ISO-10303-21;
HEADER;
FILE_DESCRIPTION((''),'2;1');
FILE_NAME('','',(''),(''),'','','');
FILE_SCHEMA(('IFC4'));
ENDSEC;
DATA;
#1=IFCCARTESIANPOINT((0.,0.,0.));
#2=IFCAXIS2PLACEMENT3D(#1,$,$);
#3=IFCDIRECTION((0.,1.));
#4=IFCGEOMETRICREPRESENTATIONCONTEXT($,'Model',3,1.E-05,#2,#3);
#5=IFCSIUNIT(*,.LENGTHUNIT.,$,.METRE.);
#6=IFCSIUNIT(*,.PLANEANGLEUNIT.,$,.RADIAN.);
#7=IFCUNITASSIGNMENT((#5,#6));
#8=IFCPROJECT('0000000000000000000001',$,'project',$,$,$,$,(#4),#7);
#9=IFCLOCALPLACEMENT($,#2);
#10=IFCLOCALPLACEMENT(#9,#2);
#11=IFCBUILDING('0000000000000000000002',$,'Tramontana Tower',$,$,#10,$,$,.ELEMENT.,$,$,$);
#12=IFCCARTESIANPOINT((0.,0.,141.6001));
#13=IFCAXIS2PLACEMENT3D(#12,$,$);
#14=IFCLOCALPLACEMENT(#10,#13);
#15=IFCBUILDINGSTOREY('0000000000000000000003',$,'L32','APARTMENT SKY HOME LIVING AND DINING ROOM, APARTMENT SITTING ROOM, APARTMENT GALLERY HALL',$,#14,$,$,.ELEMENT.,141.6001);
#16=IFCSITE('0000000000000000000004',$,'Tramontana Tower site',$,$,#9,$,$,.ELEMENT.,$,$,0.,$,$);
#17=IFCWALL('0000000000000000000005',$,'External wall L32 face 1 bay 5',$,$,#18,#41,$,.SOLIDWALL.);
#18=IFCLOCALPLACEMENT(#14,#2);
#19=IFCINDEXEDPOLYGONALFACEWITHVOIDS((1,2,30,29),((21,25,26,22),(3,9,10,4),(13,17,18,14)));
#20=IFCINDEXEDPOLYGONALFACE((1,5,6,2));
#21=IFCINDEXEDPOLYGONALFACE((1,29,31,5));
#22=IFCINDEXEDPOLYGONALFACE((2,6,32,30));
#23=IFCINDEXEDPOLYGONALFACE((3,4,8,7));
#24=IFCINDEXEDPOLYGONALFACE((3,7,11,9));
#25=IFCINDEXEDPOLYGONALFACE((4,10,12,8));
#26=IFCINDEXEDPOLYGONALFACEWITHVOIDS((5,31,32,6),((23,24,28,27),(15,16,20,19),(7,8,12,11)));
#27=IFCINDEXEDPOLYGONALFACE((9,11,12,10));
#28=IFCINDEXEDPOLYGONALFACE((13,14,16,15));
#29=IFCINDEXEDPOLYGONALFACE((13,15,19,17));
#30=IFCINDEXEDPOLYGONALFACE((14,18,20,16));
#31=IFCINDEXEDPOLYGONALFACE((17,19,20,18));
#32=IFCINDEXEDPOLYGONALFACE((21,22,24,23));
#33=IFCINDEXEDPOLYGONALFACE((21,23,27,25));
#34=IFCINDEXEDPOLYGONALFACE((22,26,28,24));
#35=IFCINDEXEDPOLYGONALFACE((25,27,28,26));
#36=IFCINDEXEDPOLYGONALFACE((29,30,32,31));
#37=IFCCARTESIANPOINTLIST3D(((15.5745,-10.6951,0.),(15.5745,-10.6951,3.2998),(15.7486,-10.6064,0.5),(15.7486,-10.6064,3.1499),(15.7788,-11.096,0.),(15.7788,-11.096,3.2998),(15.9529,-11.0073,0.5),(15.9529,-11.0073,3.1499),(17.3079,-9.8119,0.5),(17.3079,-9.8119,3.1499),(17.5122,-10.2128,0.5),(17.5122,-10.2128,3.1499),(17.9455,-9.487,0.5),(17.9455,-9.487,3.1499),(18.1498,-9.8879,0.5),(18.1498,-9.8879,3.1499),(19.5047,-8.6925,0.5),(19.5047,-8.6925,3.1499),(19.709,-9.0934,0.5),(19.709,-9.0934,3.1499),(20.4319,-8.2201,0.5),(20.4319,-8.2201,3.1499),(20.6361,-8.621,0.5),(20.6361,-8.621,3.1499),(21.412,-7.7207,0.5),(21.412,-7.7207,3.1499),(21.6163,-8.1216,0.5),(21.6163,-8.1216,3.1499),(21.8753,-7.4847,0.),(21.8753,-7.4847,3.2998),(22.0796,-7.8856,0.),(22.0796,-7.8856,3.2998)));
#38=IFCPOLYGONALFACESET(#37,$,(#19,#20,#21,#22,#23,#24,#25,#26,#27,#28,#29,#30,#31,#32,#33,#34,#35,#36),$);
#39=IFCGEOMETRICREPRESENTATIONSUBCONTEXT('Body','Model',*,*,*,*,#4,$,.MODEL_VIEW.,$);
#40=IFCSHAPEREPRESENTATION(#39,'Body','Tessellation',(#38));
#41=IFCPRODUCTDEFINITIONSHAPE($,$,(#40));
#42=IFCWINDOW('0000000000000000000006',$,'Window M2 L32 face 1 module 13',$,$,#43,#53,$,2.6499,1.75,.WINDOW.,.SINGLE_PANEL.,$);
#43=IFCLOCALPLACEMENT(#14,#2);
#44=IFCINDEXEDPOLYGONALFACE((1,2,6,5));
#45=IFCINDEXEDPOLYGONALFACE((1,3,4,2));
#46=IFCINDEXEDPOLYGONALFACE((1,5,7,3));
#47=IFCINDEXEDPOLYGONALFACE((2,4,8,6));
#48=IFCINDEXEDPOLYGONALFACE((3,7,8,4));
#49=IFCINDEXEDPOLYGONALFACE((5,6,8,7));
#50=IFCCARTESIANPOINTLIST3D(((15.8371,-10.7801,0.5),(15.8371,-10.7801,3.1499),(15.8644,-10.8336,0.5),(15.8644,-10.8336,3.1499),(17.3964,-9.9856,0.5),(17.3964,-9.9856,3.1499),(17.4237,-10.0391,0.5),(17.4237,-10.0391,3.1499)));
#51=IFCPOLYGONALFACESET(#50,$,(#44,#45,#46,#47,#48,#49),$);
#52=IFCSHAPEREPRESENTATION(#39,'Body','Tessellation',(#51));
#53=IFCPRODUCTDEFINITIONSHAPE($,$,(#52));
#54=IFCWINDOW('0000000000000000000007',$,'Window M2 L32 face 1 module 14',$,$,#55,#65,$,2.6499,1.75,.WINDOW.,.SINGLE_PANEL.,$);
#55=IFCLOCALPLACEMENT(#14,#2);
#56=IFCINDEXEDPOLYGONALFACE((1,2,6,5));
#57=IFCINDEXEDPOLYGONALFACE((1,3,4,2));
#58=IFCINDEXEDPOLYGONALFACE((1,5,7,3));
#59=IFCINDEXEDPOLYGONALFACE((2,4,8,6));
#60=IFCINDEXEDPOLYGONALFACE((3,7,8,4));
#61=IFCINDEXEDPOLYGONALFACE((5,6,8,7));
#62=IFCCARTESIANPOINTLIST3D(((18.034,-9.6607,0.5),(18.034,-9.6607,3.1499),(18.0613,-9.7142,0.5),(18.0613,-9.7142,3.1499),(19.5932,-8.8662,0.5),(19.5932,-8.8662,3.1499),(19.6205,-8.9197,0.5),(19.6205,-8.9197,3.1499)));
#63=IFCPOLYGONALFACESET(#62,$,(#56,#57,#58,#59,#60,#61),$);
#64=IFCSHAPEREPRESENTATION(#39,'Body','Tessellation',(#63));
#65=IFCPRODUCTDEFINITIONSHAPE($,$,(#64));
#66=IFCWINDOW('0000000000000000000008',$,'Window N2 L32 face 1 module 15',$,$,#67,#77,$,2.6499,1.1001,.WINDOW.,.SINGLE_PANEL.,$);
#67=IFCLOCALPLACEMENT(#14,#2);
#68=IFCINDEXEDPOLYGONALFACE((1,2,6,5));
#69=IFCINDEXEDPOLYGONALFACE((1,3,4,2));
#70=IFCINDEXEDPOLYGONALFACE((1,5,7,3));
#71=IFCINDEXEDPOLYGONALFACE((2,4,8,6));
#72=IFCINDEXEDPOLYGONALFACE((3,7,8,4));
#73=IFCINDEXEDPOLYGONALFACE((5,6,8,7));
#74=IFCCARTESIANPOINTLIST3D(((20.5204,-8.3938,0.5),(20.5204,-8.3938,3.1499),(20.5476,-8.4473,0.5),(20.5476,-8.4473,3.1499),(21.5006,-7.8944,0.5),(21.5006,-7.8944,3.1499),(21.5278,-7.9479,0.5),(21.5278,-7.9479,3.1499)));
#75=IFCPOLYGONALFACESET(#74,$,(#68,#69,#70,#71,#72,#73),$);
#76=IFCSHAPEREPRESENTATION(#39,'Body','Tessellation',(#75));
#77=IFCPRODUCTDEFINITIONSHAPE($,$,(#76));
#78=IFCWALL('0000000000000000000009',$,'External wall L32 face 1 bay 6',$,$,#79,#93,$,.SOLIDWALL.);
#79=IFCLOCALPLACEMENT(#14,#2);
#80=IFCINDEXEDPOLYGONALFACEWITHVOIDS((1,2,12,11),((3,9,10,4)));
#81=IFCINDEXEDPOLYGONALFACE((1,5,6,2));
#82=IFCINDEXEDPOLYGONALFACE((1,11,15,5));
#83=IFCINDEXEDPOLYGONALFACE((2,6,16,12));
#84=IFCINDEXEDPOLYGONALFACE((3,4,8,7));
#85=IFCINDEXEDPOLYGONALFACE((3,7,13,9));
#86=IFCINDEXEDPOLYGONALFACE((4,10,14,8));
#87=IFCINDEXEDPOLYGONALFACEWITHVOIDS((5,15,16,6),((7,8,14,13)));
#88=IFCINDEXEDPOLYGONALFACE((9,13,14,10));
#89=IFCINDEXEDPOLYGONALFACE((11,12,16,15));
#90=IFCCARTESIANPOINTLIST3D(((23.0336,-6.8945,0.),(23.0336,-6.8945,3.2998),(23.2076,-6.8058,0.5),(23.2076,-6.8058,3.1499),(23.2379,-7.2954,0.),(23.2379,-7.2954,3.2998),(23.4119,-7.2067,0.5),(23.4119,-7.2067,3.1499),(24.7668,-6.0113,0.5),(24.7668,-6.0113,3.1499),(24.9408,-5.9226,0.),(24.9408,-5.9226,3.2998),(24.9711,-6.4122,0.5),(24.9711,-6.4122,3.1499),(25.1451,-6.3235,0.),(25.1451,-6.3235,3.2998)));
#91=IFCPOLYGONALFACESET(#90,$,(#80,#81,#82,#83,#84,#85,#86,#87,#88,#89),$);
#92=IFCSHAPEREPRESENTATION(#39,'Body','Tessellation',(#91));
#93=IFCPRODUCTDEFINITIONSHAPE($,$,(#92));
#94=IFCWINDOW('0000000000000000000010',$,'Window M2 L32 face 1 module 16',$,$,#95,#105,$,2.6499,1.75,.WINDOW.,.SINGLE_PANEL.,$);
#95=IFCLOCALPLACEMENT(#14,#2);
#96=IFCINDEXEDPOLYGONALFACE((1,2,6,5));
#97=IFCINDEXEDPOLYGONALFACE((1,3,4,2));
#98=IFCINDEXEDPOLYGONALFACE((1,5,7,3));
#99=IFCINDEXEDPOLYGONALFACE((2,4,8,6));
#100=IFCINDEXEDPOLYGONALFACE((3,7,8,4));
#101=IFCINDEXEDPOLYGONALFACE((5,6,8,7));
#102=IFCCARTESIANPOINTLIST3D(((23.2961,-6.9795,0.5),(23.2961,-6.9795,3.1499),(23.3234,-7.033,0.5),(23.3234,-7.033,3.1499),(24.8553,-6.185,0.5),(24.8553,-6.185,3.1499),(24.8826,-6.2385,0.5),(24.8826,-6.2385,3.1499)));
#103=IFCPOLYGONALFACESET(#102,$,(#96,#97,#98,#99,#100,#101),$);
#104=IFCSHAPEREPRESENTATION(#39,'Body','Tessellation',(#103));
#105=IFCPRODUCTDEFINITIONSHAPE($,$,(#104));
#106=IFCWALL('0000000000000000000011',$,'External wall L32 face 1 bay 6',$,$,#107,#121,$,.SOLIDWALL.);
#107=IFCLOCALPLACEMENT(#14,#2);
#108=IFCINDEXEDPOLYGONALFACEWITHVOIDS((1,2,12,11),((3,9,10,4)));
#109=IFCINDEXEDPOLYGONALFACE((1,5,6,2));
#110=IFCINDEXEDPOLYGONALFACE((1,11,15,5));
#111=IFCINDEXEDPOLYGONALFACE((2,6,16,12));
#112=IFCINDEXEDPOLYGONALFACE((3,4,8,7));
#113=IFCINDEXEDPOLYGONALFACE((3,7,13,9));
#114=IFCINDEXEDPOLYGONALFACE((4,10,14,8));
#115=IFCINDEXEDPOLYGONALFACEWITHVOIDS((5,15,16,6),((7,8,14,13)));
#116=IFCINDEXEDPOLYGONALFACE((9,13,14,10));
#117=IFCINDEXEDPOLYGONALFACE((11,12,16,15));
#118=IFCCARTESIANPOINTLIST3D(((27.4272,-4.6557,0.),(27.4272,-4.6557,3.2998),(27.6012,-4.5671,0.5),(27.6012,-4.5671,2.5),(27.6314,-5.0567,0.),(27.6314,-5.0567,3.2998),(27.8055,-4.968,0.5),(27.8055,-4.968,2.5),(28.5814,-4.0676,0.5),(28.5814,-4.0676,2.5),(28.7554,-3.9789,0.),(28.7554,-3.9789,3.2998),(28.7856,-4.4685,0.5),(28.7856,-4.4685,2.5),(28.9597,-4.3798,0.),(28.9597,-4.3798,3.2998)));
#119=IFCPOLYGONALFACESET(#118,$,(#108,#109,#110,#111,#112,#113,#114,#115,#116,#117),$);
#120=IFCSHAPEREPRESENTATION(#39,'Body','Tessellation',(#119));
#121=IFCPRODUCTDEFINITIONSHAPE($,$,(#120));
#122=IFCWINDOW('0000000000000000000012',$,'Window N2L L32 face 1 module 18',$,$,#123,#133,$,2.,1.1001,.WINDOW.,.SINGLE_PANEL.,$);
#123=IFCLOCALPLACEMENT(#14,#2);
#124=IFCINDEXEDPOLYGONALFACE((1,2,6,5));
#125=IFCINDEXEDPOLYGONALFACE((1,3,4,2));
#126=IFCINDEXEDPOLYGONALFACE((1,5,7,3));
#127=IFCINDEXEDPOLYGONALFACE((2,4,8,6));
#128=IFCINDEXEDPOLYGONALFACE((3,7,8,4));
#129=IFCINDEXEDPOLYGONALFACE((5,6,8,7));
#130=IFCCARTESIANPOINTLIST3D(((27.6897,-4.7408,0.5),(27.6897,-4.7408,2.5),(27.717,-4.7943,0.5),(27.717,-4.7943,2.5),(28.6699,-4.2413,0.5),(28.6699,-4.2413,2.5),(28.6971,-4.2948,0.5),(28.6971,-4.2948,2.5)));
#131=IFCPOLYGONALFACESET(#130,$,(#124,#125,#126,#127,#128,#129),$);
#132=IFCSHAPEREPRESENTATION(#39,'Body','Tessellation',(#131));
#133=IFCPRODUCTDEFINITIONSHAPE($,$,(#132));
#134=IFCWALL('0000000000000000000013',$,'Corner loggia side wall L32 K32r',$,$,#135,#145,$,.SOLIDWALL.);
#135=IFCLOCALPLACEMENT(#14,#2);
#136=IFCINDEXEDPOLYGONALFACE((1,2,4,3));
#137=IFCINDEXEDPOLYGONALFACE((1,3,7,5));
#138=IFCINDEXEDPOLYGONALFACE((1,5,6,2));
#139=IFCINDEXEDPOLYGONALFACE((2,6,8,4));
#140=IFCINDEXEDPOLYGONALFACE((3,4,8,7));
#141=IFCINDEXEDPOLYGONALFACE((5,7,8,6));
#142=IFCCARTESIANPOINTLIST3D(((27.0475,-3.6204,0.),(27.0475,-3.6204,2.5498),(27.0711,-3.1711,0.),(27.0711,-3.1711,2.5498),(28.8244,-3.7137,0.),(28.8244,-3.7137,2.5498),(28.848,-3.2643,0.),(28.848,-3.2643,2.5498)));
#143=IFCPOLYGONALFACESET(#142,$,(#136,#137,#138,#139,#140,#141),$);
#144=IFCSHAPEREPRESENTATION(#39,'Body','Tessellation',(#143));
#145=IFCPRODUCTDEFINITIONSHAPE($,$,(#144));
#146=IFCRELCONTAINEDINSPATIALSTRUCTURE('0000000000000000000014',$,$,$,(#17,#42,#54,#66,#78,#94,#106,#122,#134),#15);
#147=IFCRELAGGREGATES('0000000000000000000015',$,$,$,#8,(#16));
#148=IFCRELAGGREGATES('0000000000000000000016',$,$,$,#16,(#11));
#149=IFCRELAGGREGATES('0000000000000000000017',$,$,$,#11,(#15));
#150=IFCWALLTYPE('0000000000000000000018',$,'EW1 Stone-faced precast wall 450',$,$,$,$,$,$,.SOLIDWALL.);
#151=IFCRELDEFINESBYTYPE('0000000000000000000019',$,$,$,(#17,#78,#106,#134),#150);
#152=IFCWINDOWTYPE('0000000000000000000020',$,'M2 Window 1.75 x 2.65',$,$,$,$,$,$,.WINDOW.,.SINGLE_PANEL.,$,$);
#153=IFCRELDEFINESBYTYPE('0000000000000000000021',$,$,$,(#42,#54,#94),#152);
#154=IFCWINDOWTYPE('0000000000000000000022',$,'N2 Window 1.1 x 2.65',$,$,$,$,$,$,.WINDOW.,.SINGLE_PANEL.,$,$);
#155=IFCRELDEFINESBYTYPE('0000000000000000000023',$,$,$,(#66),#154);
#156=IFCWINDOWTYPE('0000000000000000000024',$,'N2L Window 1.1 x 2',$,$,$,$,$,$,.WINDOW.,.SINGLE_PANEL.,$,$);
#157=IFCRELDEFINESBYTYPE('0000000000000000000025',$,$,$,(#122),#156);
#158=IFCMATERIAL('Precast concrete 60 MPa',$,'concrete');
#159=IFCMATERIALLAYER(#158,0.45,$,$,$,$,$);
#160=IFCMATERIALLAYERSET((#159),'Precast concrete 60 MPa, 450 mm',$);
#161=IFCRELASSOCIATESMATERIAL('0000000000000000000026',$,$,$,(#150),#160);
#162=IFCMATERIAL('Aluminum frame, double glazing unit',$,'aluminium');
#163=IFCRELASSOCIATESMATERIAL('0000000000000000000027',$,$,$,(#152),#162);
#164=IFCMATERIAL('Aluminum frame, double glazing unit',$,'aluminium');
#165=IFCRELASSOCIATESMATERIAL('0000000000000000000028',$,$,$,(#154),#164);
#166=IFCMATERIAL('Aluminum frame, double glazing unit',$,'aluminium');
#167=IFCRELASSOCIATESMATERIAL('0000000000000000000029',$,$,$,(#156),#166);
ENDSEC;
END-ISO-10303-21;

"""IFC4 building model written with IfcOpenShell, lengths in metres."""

from ifc_helpers import new_model, si_unit, direction, frame, frame_2d, origin, place, context, subcontext, project, spatial, rectangle, extrude, material, layer, layer_set, type_object, element, fill, save


model = new_model("IFC4")

# Units and contexts
model_context = context("Model", 3, precision=1e-05, world=origin(), true_north=direction((0.0, 1.0)))
body_context = subcontext(model_context, "Body", "Model", "MODEL_VIEW")
ifc_project = project(units=[si_unit("LENGTHUNIT", "METRE"), si_unit("PLANEANGLEUNIT", "RADIAN")], contexts=[model_context])

# Site, building, storey
site_placement = place(None, origin())
site = spatial("IfcSite", under=ifc_project, at=site_placement, Name="Tramontana Tower site", CompositionType="ELEMENT", RefElevation=0.0)
building_placement = place(site_placement, origin())
building = spatial("IfcBuilding", under=site, at=building_placement, Name="Tramontana Tower", CompositionType="ELEMENT")
storey_placement = place(building_placement, frame((0.0, 0.0, 141.6001)))
storey = spatial("IfcBuildingStorey", under=building, at=storey_placement, Name="L32", Description="APARTMENT SKY HOME LIVING AND DINING ROOM, APARTMENT SITTING ROOM, APARTMENT GALLERY HALL", CompositionType="ELEMENT", Elevation=141.6001)

# Wall, openings, windows
ifc_material_1 = material(Name="Precast concrete 60 MPa", Category="concrete")
ifc_layer_1 = layer(ifc_material_1, 0.45)
ifc_layer_set_1 = layer_set([ifc_layer_1], Name="Precast concrete 60 MPa, 450 mm")
wall_type_1 = type_object("IfcWallType", Name="EW1 Stone-faced precast wall 450", PredefinedType="SOLIDWALL", material=ifc_layer_set_1)
wall_1_placement = place(storey_placement, frame((15.6768, -10.8955, 0.0), z_axis=(0.0, 0.0, 1.0), x_axis=(0.891004, 0.453995, 0.0)))
wall_1 = element("IfcWall", 1, at=wall_1_placement, inside=storey, type_object=wall_type_1, Name="External wall L32 face 1 bay 5", PredefinedType="SOLIDWALL", context=body_context, shape_type="SweptSolid", body=[
    extrude(rectangle(XDim=7.0715, YDim=0.45, at=frame_2d((3.5356, 0.0))), origin(), (0.0, 0.0, 1.0), 3.2998),
])
opening_1_placement = place(wall_1_placement, frame((0.1953, 0.0, 0.5)))
opening_1 = element("IfcOpeningElement", 2, at=opening_1_placement, cuts=wall_1, PredefinedType="OPENING", context=body_context, shape_type="SweptSolid", body=[
    extrude(rectangle(XDim=1.75, YDim=2.6499, at=frame_2d((0.875, 1.325))), frame((0.0, 0.2349, 0.0), z_axis=(0.0, -1.0, 0.0), x_axis=(1.0, 0.0, 0.0)), (0.0, 0.0, 1.0), 0.47),
])
opening_2_placement = place(wall_1_placement, frame((2.6609, 0.0, 0.5)))
opening_2 = element("IfcOpeningElement", 3, at=opening_2_placement, cuts=wall_1, PredefinedType="OPENING", context=body_context, shape_type="SweptSolid", body=[
    extrude(rectangle(XDim=1.75, YDim=2.6499, at=frame_2d((0.875, 1.325))), frame((0.0, 0.2349, 0.0), z_axis=(0.0, -1.0, 0.0), x_axis=(1.0, 0.0, 0.0)), (0.0, 0.0, 1.0), 0.47),
])
opening_3_placement = place(wall_1_placement, frame((5.4514, 0.0, 0.5)))
opening_3 = element("IfcOpeningElement", 4, at=opening_3_placement, cuts=wall_1, PredefinedType="OPENING", context=body_context, shape_type="SweptSolid", body=[
    extrude(rectangle(XDim=1.1001, YDim=2.6499, at=frame_2d((0.55, 1.325))), frame((0.0, 0.2349, 0.0), z_axis=(0.0, -1.0, 0.0), x_axis=(1.0, 0.0, 0.0)), (0.0, 0.0, 1.0), 0.47),
])
ifc_material_2 = material(Name="Aluminum frame, double glazing unit", Category="aluminium")
window_type_1 = type_object("IfcWindowType", Name="M2 Window 1.75 x 2.65", PartitioningType="SINGLE_PANEL", PredefinedType="WINDOW", material=ifc_material_2)
window_1_placement = place(opening_1_placement, origin())
window_1 = element("IfcWindow", 5, at=window_1_placement, inside=storey, type_object=window_type_1, Name="Window M2 L32 face 1 module 13", OverallHeight=2.6499, OverallWidth=1.75, PartitioningType="SINGLE_PANEL", PredefinedType="WINDOW", context=body_context, shape_type="SweptSolid", body=[
    extrude(rectangle(XDim=1.75, YDim=2.6499, at=frame_2d((0.875, 1.325))), frame((0.0, 0.03, 0.0), z_axis=(0.0, -1.0, 0.0), x_axis=(1.0, 0.0, 0.0)), (0.0, 0.0, 1.0), 0.0601),
])
fill(opening_1, window_1)
window_2_placement = place(opening_2_placement, origin())
window_2 = element("IfcWindow", 6, at=window_2_placement, inside=storey, type_object=window_type_1, Name="Window M2 L32 face 1 module 14", OverallHeight=2.6499, OverallWidth=1.75, PartitioningType="SINGLE_PANEL", PredefinedType="WINDOW", context=body_context, shape_type="SweptSolid", body=[
    extrude(rectangle(XDim=1.75, YDim=2.6499, at=frame_2d((0.875, 1.325))), frame((0.0, 0.03, 0.0), z_axis=(0.0, -1.0, 0.0), x_axis=(1.0, 0.0, 0.0)), (0.0, 0.0, 1.0), 0.0601),
])
fill(opening_2, window_2)
ifc_material_3 = material(Name="Aluminum frame, double glazing unit", Category="aluminium")
window_type_2 = type_object("IfcWindowType", Name="N2 Window 1.1 x 2.65", PartitioningType="SINGLE_PANEL", PredefinedType="WINDOW", material=ifc_material_3)
window_3_placement = place(opening_3_placement, origin())
window_3 = element("IfcWindow", 7, at=window_3_placement, inside=storey, type_object=window_type_2, Name="Window N2 L32 face 1 module 15", OverallHeight=2.6499, OverallWidth=1.1001, PartitioningType="SINGLE_PANEL", PredefinedType="WINDOW", context=body_context, shape_type="SweptSolid", body=[
    extrude(rectangle(XDim=1.1001, YDim=2.6499, at=frame_2d((0.55, 1.325))), frame((0.0, 0.03, 0.0), z_axis=(0.0, -1.0, 0.0), x_axis=(1.0, 0.0, 0.0)), (0.0, 0.0, 1.0), 0.0601),
])
fill(opening_3, window_3)

# Walls, openings, windows
wall_2_placement = place(storey_placement, frame((23.1357, -7.095, 0.0), z_axis=(0.0, 0.0, 1.0), x_axis=(0.890979, 0.454044, 0.0)))
wall_2 = element("IfcWall", 8, at=wall_2_placement, inside=storey, type_object=wall_type_1, Name="External wall L32 face 1 bay 6", PredefinedType="SOLIDWALL", context=body_context, shape_type="SweptSolid", body=[
    extrude(rectangle(XDim=2.1406, YDim=0.45, at=frame_2d((1.0703, 0.0))), origin(), (0.0, 0.0, 1.0), 3.2998),
])
opening_4_placement = place(wall_2_placement, frame((0.1953, 0.0, 0.5)))
opening_4 = element("IfcOpeningElement", 9, at=opening_4_placement, cuts=wall_2, PredefinedType="OPENING", context=body_context, shape_type="SweptSolid", body=[
    extrude(rectangle(XDim=1.75, YDim=2.6499, at=frame_2d((0.875, 1.325))), frame((0.0, 0.2349, 0.0), z_axis=(0.0, -1.0, 0.0), x_axis=(1.0, 0.0, 0.0)), (0.0, 0.0, 1.0), 0.47),
])
window_4_placement = place(opening_4_placement, origin())
window_4 = element("IfcWindow", 10, at=window_4_placement, inside=storey, type_object=window_type_1, Name="Window M2 L32 face 1 module 16", OverallHeight=2.6499, OverallWidth=1.75, PartitioningType="SINGLE_PANEL", PredefinedType="WINDOW", context=body_context, shape_type="SweptSolid", body=[
    extrude(rectangle(XDim=1.75, YDim=2.6499, at=frame_2d((0.875, 1.325))), frame((0.0, 0.03, 0.0), z_axis=(0.0, -1.0, 0.0), x_axis=(1.0, 0.0, 0.0)), (0.0, 0.0, 1.0), 0.0601),
])
fill(opening_4, window_4)
wall_3_placement = place(storey_placement, frame((27.5293, -4.8562, 0.0), z_axis=(0.0, 0.0, 1.0), x_axis=(0.890994, 0.454014, 0.0)))
wall_3 = element("IfcWall", 11, at=wall_3_placement, inside=storey, type_object=wall_type_1, Name="External wall L32 face 1 bay 6", PredefinedType="SOLIDWALL", context=body_context, shape_type="SweptSolid", body=[
    extrude(rectangle(XDim=1.4907, YDim=0.45, at=frame_2d((0.7454, 0.0))), origin(), (0.0, 0.0, 1.0), 3.2998),
])
opening_5_placement = place(wall_3_placement, frame((0.1953, 0.0, 0.5)))
opening_5 = element("IfcOpeningElement", 12, at=opening_5_placement, cuts=wall_3, PredefinedType="OPENING", context=body_context, shape_type="SweptSolid", body=[
    extrude(rectangle(XDim=1.1001, YDim=2.0, at=frame_2d((0.55, 1.0))), frame((0.0, 0.2349, 0.0), z_axis=(0.0, -1.0, 0.0), x_axis=(1.0, 0.0, 0.0)), (0.0, 0.0, 1.0), 0.47),
])
ifc_material_4 = material(Name="Aluminum frame, double glazing unit", Category="aluminium")
window_type_3 = type_object("IfcWindowType", Name="N2L Window 1.1 x 2", PartitioningType="SINGLE_PANEL", PredefinedType="WINDOW", material=ifc_material_4)
window_5_placement = place(opening_5_placement, origin())
window_5 = element("IfcWindow", 13, at=window_5_placement, inside=storey, type_object=window_type_3, Name="Window N2L L32 face 1 module 18", OverallHeight=2.0, OverallWidth=1.1001, PartitioningType="SINGLE_PANEL", PredefinedType="WINDOW", context=body_context, shape_type="SweptSolid", body=[
    extrude(rectangle(XDim=1.1001, YDim=2.0, at=frame_2d((0.55, 1.0))), frame((0.0, 0.03, 0.0), z_axis=(0.0, -1.0, 0.0), x_axis=(1.0, 0.0, 0.0)), (0.0, 0.0, 1.0), 0.0601),
])
fill(opening_5, window_5)

# Wall
wall_4_placement = place(storey_placement, frame((28.8362, -3.489, 0.0), z_axis=(0.0, 0.0, 1.0), x_axis=(-0.998625, 0.052415, 0.0)))
element("IfcWall", 14, at=wall_4_placement, inside=storey, type_object=wall_type_1, Name="Corner loggia side wall L32 K32r", PredefinedType="SOLIDWALL", context=body_context, shape_type="SweptSolid", body=[
    extrude(rectangle(XDim=1.7793, YDim=0.45, at=frame_2d((0.8896, 0.0))), origin(), (0.0, 0.0, 1.0), 2.5498),
])

save(model, "model.ifc")
